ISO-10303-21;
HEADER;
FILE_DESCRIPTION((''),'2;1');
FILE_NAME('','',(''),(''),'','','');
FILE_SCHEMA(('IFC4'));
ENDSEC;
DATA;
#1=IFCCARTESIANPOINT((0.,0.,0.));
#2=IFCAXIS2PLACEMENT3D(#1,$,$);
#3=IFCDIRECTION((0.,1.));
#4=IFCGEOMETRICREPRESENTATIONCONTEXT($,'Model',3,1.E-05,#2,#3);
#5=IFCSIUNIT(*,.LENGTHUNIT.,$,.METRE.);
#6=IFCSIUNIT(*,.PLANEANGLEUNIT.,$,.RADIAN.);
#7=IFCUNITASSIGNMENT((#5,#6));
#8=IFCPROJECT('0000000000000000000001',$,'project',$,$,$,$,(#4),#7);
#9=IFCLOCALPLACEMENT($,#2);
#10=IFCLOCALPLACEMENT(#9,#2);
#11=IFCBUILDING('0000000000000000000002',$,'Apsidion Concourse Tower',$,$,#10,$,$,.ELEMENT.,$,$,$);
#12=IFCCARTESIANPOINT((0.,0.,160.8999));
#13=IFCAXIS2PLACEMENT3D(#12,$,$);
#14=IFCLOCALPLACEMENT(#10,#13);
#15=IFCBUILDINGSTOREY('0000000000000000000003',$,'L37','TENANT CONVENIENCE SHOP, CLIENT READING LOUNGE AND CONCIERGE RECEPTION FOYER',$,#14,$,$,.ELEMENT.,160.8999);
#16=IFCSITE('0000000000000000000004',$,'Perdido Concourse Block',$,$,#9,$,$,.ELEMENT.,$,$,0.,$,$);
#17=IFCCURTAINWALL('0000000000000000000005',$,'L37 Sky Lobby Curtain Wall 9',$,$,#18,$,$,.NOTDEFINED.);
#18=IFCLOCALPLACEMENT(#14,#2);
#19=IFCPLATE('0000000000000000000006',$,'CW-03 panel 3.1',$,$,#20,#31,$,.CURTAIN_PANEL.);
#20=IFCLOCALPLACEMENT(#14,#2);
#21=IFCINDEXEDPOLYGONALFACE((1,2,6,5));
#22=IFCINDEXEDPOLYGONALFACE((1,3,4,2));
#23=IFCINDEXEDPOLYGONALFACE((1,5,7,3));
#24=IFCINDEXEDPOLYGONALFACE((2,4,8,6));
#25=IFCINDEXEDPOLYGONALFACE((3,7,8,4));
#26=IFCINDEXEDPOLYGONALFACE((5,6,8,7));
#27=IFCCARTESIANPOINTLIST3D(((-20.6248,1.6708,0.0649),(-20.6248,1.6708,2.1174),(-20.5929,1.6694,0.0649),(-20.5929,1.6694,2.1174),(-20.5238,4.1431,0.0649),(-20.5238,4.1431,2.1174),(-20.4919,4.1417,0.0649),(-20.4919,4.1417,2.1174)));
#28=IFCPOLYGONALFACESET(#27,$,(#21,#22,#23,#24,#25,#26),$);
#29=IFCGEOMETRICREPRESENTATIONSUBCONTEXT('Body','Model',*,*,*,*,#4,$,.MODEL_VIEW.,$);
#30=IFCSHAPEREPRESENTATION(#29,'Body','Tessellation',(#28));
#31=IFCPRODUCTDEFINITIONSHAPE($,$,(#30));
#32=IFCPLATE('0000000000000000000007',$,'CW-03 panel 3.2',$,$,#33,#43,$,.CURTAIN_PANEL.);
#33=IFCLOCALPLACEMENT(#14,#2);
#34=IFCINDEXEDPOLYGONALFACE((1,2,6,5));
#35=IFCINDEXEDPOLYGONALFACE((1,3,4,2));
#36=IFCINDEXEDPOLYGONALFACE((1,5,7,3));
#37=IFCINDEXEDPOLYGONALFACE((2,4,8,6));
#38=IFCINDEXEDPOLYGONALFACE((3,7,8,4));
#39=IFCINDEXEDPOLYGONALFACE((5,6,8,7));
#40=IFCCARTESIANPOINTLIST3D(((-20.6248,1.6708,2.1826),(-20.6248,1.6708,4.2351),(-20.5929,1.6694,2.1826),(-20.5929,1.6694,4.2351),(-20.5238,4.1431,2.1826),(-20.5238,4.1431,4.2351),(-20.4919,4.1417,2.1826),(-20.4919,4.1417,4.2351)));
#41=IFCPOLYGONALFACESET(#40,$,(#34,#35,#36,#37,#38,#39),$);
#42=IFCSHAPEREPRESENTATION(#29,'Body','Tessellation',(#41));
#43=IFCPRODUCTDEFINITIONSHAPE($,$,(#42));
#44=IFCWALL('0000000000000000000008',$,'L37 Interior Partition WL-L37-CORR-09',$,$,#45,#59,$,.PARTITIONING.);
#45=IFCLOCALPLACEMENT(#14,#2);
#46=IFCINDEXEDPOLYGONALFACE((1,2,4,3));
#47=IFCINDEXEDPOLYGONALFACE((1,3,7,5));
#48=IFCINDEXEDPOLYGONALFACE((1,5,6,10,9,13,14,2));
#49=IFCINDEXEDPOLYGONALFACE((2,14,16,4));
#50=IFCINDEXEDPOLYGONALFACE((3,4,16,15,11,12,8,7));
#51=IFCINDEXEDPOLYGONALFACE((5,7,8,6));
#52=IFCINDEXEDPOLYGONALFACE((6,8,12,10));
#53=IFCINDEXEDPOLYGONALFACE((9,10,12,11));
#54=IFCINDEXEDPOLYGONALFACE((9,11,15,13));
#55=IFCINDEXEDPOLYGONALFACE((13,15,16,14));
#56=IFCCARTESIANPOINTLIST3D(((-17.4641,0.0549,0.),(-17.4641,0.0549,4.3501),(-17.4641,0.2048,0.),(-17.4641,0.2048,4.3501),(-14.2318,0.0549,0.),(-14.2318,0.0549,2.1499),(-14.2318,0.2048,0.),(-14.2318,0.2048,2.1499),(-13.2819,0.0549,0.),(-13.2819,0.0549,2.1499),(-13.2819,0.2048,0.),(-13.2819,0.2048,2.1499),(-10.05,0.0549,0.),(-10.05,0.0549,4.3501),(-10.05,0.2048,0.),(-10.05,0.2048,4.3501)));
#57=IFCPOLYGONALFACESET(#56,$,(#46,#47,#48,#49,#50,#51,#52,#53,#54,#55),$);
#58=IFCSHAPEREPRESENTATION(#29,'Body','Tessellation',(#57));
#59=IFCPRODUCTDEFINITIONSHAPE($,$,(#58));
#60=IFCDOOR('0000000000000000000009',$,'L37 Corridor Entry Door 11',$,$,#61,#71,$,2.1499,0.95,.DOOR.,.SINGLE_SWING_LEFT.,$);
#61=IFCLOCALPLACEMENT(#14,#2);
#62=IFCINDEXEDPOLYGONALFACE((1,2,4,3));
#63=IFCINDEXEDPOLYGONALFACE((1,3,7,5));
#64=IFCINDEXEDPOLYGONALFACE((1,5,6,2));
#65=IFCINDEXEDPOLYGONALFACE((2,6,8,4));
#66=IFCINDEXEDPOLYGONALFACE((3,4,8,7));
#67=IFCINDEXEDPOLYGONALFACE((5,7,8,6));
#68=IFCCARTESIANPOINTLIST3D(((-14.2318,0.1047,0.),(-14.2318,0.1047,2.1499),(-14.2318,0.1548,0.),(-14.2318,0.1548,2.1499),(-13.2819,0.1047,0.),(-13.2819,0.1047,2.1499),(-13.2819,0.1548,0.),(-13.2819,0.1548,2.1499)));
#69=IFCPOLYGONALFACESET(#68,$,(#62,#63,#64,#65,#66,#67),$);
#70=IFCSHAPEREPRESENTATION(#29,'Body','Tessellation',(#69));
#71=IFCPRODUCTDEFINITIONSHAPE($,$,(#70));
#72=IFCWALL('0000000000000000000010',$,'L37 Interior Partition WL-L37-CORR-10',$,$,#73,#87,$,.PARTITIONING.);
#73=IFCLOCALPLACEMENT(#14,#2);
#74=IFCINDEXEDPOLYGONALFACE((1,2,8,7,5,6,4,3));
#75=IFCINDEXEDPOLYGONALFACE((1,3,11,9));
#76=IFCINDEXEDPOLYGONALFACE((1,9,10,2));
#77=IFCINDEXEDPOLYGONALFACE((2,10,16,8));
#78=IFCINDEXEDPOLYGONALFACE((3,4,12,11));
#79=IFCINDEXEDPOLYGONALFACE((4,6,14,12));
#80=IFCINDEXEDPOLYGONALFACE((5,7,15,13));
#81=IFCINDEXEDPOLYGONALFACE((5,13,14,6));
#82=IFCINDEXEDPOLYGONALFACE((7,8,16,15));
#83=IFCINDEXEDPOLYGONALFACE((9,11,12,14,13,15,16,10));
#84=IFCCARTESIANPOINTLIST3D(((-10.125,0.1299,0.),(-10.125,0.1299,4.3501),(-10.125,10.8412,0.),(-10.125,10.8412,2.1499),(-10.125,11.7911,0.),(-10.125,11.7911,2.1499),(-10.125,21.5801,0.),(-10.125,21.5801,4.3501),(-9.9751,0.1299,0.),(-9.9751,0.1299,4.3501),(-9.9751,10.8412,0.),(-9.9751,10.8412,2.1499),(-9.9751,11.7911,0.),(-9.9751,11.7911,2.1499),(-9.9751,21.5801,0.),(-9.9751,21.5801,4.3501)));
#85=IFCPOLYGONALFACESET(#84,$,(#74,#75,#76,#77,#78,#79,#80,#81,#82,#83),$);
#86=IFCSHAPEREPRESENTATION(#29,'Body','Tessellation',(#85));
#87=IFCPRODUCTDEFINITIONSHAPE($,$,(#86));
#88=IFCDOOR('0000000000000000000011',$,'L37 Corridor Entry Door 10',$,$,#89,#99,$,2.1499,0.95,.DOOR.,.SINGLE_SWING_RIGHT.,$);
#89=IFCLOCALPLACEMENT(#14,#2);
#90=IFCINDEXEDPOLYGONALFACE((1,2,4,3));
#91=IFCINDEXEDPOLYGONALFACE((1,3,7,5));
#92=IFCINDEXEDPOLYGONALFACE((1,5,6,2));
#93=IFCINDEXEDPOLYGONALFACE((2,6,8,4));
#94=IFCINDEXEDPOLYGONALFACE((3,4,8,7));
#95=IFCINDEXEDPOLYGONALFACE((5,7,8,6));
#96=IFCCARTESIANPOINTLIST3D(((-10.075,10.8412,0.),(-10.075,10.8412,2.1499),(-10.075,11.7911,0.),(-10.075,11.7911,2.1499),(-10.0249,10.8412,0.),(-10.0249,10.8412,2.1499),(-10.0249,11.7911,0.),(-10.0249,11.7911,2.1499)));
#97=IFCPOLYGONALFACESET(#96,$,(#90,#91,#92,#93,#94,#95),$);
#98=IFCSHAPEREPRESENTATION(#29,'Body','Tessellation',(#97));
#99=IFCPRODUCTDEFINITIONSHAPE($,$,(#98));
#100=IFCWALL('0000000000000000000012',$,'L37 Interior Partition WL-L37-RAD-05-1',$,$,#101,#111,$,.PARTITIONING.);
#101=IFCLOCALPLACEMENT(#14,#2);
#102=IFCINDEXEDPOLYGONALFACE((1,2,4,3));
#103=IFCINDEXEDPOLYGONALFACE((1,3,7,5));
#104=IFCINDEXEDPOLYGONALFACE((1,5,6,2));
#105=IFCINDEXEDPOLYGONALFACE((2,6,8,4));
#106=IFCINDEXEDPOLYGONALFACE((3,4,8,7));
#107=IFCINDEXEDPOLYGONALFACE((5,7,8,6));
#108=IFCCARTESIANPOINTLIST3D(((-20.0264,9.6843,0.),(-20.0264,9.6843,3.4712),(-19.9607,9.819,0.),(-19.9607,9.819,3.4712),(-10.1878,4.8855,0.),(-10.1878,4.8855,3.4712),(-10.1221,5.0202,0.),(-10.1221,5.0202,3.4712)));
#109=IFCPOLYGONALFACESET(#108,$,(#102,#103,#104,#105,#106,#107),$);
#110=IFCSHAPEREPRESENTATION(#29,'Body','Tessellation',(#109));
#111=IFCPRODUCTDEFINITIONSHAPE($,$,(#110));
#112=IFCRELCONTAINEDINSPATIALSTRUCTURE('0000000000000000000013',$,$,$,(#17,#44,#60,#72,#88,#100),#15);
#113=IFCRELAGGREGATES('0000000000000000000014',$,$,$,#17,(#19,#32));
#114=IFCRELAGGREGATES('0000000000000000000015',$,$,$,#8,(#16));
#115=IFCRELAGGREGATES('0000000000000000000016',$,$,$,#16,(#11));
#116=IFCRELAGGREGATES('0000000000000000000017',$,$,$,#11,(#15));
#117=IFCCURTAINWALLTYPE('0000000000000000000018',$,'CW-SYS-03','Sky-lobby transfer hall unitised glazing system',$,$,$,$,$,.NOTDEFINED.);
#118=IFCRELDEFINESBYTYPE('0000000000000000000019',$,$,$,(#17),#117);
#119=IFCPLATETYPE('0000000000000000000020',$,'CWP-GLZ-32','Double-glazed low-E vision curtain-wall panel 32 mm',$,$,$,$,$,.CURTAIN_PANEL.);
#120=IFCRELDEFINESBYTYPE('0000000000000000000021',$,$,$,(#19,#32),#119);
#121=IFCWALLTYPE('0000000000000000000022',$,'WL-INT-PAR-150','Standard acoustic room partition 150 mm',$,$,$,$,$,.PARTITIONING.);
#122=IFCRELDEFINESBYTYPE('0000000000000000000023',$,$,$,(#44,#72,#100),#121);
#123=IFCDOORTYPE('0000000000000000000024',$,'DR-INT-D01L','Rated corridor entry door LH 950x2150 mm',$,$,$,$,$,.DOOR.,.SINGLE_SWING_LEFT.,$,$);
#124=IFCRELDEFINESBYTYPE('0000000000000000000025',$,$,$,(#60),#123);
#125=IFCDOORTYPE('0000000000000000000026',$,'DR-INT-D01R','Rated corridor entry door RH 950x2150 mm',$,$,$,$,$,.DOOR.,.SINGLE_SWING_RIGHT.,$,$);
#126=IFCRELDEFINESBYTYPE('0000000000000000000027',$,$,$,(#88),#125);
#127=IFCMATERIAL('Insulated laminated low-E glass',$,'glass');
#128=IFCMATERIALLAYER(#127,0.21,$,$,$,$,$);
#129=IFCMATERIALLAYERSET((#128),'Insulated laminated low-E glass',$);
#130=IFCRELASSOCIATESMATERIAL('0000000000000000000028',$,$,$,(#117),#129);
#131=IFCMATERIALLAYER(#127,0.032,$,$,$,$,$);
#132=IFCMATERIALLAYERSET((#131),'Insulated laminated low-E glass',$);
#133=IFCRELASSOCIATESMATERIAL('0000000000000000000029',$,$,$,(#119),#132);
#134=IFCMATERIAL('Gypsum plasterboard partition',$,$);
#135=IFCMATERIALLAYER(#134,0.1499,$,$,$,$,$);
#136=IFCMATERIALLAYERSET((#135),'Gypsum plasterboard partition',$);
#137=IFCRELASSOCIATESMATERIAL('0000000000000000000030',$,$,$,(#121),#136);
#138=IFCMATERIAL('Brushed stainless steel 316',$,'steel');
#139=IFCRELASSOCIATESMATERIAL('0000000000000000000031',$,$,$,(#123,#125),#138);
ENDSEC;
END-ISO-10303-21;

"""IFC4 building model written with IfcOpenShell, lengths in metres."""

from ifc_helpers import new_model, si_unit, direction, frame, frame_2d, origin, origin_2d, place, context, subcontext, project, spatial, rectangle, extrude, material, layer, layer_set, type_object, element, fill, aggregate, save


model = new_model("IFC4")

# Units and contexts
model_context = context("Model", 3, precision=1e-05, world=origin(), true_north=direction((0.0, 1.0)))
body_context = subcontext(model_context, "Body", "Model", "MODEL_VIEW")
ifc_project = project(units=[si_unit("LENGTHUNIT", "METRE"), si_unit("PLANEANGLEUNIT", "RADIAN")], contexts=[model_context])

# Site, building, storey
site_placement = place(None, origin())
site = spatial("IfcSite", under=ifc_project, at=site_placement, Name="Perdido Concourse Block", CompositionType="ELEMENT", RefElevation=0.0)
building_placement = place(site_placement, origin())
building = spatial("IfcBuilding", under=site, at=building_placement, Name="Apsidion Concourse Tower", CompositionType="ELEMENT")
storey_placement = place(building_placement, frame((0.0, 0.0, 160.8999)))
storey = spatial("IfcBuildingStorey", under=building, at=storey_placement, Name="L37", Description="TENANT CONVENIENCE SHOP, CLIENT READING LOUNGE AND CONCIERGE RECEPTION FOYER", CompositionType="ELEMENT", Elevation=160.8999)

# Curtain wall, plates
ifc_material_1 = material(Name="Insulated laminated low-E glass", Category="glass")
ifc_layer_1 = layer(ifc_material_1, 0.21)
ifc_layer_set_1 = layer_set([ifc_layer_1], Name="Insulated laminated low-E glass")
curtain_wall_type = type_object("IfcCurtainWallType", Name="CW-SYS-03", Description="Sky-lobby transfer hall unitised glazing system", PredefinedType="NOTDEFINED", material=ifc_layer_set_1)
curtain_wall_placement = place(storey_placement, origin())
curtain_wall = element("IfcCurtainWall", 1, at=curtain_wall_placement, inside=storey, type_object=curtain_wall_type, Name="L37 Sky Lobby Curtain Wall 9", PredefinedType="NOTDEFINED")
ifc_layer_2 = layer(ifc_material_1, 0.032)
ifc_layer_set_2 = layer_set([ifc_layer_2], Name="Insulated laminated low-E glass")
plate_type = type_object("IfcPlateType", Name="CWP-GLZ-32", Description="Double-glazed low-E vision curtain-wall panel 32 mm", PredefinedType="CURTAIN_PANEL", material=ifc_layer_set_2)
plate_1_placement = place(storey_placement, frame((-20.5583, 2.9062, 0.0649), z_axis=(0.0, 0.0, 1.0), x_axis=(0.040814, 0.999167, 0.0)))
plate_1 = element("IfcPlate", 2, at=plate_1_placement, type_object=plate_type, Name="CW-03 panel 3.1", PredefinedType="CURTAIN_PANEL", context=body_context, shape_type="SweptSolid", body=[
    extrude(rectangle(XDim=2.4744, YDim=0.032, at=origin_2d()), origin(), (0.0, 0.0, 1.0), 2.0525),
])
plate_2_placement = place(storey_placement, frame((-20.5583, 2.9062, 2.1826), z_axis=(0.0, 0.0, 1.0), x_axis=(0.040814, 0.999167, 0.0)))
plate_2 = element("IfcPlate", 3, at=plate_2_placement, type_object=plate_type, Name="CW-03 panel 3.2", PredefinedType="CURTAIN_PANEL", context=body_context, shape_type="SweptSolid", body=[
    extrude(rectangle(XDim=2.4744, YDim=0.032, at=origin_2d()), origin(), (0.0, 0.0, 1.0), 2.0525),
])
aggregate(curtain_wall, [plate_1, plate_2])

# Walls, openings, doors
ifc_material_2 = material(Name="Gypsum plasterboard partition")
ifc_layer_3 = layer(ifc_material_2, 0.1499)
ifc_layer_set_3 = layer_set([ifc_layer_3], Name="Gypsum plasterboard partition")
wall_type = type_object("IfcWallType", Name="WL-INT-PAR-150", Description="Standard acoustic room partition 150 mm", PredefinedType="PARTITIONING", material=ifc_layer_set_3)
wall_1_placement = place(storey_placement, frame((-17.4641, 0.1299, 0.0), z_axis=(0.0, 0.0, 1.0), x_axis=(1.0, 0.0, 0.0)))
wall_1 = element("IfcWall", 4, at=wall_1_placement, inside=storey, type_object=wall_type, Name="L37 Interior Partition WL-L37-CORR-09", PredefinedType="PARTITIONING", context=body_context, shape_type="SweptSolid", body=[
    extrude(rectangle(XDim=7.4141, YDim=0.1499, at=frame_2d((3.707, 0.0))), origin(), (0.0, 0.0, 1.0), 4.3501),
])
opening_1_placement = place(wall_1_placement, frame((3.2322, 0.0, 0.0)))
opening_1 = element("IfcOpeningElement", 5, at=opening_1_placement, cuts=wall_1, PredefinedType="OPENING", context=body_context, shape_type="SweptSolid", body=[
    extrude(rectangle(XDim=0.95, YDim=2.1499, at=frame_2d((0.4751, 1.075))), frame((0.0, 0.085, 0.0), z_axis=(0.0, -1.0, 0.0), x_axis=(1.0, 0.0, 0.0)), (0.0, 0.0, 1.0), 0.1699),
])
ifc_material_3 = material(Name="Brushed stainless steel 316", Category="steel")
door_type_1 = type_object("IfcDoorType", Name="DR-INT-D01L", Description="Rated corridor entry door LH 950x2150 mm", OperationType="SINGLE_SWING_LEFT", PredefinedType="DOOR", material=ifc_material_3)
door_1_placement = place(opening_1_placement, origin())
door_1 = element("IfcDoor", 6, at=door_1_placement, inside=storey, type_object=door_type_1, Name="L37 Corridor Entry Door 11", OperationType="SINGLE_SWING_LEFT", OverallHeight=2.1499, OverallWidth=0.95, PredefinedType="DOOR", context=body_context, shape_type="SweptSolid", body=[
    extrude(rectangle(XDim=0.95, YDim=2.1499, at=frame_2d((0.4751, 1.075))), frame((0.0, 0.0249, 0.0), z_axis=(0.0, -1.0, 0.0), x_axis=(1.0, 0.0, 0.0)), (0.0, 0.0, 1.0), 0.05),
])
fill(opening_1, door_1)
wall_2_placement = place(storey_placement, frame((-10.05, 0.1299, 0.0), z_axis=(0.0, 0.0, 1.0), x_axis=(0.0, 1.0, 0.0)))
wall_2 = element("IfcWall", 7, at=wall_2_placement, inside=storey, type_object=wall_type, Name="L37 Interior Partition WL-L37-CORR-10", PredefinedType="PARTITIONING", context=body_context, shape_type="SweptSolid", body=[
    extrude(rectangle(XDim=21.4502, YDim=0.1499, at=frame_2d((10.7251, 0.0))), origin(), (0.0, 0.0, 1.0), 4.3501),
])
opening_2_placement = place(wall_2_placement, frame((10.7112, 0.0, 0.0)))
opening_2 = element("IfcOpeningElement", 8, at=opening_2_placement, cuts=wall_2, PredefinedType="OPENING", context=body_context, shape_type="SweptSolid", body=[
    extrude(rectangle(XDim=0.95, YDim=2.1499, at=frame_2d((0.4751, 1.075))), frame((0.0, 0.085, 0.0), z_axis=(0.0, -1.0, 0.0), x_axis=(1.0, 0.0, 0.0)), (0.0, 0.0, 1.0), 0.1699),
])
door_type_2 = type_object("IfcDoorType", Name="DR-INT-D01R", Description="Rated corridor entry door RH 950x2150 mm", OperationType="SINGLE_SWING_RIGHT", PredefinedType="DOOR", material=ifc_material_3)
door_2_placement = place(opening_2_placement, origin())
door_2 = element("IfcDoor", 9, at=door_2_placement, inside=storey, type_object=door_type_2, Name="L37 Corridor Entry Door 10", OperationType="SINGLE_SWING_RIGHT", OverallHeight=2.1499, OverallWidth=0.95, PredefinedType="DOOR", context=body_context, shape_type="SweptSolid", body=[
    extrude(rectangle(XDim=0.95, YDim=2.1499, at=frame_2d((0.4751, 1.075))), frame((0.0, 0.0249, 0.0), z_axis=(0.0, -1.0, 0.0), x_axis=(1.0, 0.0, 0.0)), (0.0, 0.0, 1.0), 0.05),
])
fill(opening_2, door_2)

# Wall
wall_3_placement = place(storey_placement, frame((-10.155, 4.9529, 0.0), z_axis=(0.0, 0.0, 1.0), x_axis=(-0.898786, 0.438387, 0.0)))
element("IfcWall", 10, at=wall_3_placement, inside=storey, type_object=wall_type, Name="L37 Interior Partition WL-L37-RAD-05-1", PredefinedType="PARTITIONING", context=body_context, shape_type="SweptSolid", body=[
    extrude(rectangle(XDim=10.9465, YDim=0.1499, at=frame_2d((5.4731, 0.0))), origin(), (0.0, 0.0, 1.0), 3.4712),
])

save(model, "model.ifc")
